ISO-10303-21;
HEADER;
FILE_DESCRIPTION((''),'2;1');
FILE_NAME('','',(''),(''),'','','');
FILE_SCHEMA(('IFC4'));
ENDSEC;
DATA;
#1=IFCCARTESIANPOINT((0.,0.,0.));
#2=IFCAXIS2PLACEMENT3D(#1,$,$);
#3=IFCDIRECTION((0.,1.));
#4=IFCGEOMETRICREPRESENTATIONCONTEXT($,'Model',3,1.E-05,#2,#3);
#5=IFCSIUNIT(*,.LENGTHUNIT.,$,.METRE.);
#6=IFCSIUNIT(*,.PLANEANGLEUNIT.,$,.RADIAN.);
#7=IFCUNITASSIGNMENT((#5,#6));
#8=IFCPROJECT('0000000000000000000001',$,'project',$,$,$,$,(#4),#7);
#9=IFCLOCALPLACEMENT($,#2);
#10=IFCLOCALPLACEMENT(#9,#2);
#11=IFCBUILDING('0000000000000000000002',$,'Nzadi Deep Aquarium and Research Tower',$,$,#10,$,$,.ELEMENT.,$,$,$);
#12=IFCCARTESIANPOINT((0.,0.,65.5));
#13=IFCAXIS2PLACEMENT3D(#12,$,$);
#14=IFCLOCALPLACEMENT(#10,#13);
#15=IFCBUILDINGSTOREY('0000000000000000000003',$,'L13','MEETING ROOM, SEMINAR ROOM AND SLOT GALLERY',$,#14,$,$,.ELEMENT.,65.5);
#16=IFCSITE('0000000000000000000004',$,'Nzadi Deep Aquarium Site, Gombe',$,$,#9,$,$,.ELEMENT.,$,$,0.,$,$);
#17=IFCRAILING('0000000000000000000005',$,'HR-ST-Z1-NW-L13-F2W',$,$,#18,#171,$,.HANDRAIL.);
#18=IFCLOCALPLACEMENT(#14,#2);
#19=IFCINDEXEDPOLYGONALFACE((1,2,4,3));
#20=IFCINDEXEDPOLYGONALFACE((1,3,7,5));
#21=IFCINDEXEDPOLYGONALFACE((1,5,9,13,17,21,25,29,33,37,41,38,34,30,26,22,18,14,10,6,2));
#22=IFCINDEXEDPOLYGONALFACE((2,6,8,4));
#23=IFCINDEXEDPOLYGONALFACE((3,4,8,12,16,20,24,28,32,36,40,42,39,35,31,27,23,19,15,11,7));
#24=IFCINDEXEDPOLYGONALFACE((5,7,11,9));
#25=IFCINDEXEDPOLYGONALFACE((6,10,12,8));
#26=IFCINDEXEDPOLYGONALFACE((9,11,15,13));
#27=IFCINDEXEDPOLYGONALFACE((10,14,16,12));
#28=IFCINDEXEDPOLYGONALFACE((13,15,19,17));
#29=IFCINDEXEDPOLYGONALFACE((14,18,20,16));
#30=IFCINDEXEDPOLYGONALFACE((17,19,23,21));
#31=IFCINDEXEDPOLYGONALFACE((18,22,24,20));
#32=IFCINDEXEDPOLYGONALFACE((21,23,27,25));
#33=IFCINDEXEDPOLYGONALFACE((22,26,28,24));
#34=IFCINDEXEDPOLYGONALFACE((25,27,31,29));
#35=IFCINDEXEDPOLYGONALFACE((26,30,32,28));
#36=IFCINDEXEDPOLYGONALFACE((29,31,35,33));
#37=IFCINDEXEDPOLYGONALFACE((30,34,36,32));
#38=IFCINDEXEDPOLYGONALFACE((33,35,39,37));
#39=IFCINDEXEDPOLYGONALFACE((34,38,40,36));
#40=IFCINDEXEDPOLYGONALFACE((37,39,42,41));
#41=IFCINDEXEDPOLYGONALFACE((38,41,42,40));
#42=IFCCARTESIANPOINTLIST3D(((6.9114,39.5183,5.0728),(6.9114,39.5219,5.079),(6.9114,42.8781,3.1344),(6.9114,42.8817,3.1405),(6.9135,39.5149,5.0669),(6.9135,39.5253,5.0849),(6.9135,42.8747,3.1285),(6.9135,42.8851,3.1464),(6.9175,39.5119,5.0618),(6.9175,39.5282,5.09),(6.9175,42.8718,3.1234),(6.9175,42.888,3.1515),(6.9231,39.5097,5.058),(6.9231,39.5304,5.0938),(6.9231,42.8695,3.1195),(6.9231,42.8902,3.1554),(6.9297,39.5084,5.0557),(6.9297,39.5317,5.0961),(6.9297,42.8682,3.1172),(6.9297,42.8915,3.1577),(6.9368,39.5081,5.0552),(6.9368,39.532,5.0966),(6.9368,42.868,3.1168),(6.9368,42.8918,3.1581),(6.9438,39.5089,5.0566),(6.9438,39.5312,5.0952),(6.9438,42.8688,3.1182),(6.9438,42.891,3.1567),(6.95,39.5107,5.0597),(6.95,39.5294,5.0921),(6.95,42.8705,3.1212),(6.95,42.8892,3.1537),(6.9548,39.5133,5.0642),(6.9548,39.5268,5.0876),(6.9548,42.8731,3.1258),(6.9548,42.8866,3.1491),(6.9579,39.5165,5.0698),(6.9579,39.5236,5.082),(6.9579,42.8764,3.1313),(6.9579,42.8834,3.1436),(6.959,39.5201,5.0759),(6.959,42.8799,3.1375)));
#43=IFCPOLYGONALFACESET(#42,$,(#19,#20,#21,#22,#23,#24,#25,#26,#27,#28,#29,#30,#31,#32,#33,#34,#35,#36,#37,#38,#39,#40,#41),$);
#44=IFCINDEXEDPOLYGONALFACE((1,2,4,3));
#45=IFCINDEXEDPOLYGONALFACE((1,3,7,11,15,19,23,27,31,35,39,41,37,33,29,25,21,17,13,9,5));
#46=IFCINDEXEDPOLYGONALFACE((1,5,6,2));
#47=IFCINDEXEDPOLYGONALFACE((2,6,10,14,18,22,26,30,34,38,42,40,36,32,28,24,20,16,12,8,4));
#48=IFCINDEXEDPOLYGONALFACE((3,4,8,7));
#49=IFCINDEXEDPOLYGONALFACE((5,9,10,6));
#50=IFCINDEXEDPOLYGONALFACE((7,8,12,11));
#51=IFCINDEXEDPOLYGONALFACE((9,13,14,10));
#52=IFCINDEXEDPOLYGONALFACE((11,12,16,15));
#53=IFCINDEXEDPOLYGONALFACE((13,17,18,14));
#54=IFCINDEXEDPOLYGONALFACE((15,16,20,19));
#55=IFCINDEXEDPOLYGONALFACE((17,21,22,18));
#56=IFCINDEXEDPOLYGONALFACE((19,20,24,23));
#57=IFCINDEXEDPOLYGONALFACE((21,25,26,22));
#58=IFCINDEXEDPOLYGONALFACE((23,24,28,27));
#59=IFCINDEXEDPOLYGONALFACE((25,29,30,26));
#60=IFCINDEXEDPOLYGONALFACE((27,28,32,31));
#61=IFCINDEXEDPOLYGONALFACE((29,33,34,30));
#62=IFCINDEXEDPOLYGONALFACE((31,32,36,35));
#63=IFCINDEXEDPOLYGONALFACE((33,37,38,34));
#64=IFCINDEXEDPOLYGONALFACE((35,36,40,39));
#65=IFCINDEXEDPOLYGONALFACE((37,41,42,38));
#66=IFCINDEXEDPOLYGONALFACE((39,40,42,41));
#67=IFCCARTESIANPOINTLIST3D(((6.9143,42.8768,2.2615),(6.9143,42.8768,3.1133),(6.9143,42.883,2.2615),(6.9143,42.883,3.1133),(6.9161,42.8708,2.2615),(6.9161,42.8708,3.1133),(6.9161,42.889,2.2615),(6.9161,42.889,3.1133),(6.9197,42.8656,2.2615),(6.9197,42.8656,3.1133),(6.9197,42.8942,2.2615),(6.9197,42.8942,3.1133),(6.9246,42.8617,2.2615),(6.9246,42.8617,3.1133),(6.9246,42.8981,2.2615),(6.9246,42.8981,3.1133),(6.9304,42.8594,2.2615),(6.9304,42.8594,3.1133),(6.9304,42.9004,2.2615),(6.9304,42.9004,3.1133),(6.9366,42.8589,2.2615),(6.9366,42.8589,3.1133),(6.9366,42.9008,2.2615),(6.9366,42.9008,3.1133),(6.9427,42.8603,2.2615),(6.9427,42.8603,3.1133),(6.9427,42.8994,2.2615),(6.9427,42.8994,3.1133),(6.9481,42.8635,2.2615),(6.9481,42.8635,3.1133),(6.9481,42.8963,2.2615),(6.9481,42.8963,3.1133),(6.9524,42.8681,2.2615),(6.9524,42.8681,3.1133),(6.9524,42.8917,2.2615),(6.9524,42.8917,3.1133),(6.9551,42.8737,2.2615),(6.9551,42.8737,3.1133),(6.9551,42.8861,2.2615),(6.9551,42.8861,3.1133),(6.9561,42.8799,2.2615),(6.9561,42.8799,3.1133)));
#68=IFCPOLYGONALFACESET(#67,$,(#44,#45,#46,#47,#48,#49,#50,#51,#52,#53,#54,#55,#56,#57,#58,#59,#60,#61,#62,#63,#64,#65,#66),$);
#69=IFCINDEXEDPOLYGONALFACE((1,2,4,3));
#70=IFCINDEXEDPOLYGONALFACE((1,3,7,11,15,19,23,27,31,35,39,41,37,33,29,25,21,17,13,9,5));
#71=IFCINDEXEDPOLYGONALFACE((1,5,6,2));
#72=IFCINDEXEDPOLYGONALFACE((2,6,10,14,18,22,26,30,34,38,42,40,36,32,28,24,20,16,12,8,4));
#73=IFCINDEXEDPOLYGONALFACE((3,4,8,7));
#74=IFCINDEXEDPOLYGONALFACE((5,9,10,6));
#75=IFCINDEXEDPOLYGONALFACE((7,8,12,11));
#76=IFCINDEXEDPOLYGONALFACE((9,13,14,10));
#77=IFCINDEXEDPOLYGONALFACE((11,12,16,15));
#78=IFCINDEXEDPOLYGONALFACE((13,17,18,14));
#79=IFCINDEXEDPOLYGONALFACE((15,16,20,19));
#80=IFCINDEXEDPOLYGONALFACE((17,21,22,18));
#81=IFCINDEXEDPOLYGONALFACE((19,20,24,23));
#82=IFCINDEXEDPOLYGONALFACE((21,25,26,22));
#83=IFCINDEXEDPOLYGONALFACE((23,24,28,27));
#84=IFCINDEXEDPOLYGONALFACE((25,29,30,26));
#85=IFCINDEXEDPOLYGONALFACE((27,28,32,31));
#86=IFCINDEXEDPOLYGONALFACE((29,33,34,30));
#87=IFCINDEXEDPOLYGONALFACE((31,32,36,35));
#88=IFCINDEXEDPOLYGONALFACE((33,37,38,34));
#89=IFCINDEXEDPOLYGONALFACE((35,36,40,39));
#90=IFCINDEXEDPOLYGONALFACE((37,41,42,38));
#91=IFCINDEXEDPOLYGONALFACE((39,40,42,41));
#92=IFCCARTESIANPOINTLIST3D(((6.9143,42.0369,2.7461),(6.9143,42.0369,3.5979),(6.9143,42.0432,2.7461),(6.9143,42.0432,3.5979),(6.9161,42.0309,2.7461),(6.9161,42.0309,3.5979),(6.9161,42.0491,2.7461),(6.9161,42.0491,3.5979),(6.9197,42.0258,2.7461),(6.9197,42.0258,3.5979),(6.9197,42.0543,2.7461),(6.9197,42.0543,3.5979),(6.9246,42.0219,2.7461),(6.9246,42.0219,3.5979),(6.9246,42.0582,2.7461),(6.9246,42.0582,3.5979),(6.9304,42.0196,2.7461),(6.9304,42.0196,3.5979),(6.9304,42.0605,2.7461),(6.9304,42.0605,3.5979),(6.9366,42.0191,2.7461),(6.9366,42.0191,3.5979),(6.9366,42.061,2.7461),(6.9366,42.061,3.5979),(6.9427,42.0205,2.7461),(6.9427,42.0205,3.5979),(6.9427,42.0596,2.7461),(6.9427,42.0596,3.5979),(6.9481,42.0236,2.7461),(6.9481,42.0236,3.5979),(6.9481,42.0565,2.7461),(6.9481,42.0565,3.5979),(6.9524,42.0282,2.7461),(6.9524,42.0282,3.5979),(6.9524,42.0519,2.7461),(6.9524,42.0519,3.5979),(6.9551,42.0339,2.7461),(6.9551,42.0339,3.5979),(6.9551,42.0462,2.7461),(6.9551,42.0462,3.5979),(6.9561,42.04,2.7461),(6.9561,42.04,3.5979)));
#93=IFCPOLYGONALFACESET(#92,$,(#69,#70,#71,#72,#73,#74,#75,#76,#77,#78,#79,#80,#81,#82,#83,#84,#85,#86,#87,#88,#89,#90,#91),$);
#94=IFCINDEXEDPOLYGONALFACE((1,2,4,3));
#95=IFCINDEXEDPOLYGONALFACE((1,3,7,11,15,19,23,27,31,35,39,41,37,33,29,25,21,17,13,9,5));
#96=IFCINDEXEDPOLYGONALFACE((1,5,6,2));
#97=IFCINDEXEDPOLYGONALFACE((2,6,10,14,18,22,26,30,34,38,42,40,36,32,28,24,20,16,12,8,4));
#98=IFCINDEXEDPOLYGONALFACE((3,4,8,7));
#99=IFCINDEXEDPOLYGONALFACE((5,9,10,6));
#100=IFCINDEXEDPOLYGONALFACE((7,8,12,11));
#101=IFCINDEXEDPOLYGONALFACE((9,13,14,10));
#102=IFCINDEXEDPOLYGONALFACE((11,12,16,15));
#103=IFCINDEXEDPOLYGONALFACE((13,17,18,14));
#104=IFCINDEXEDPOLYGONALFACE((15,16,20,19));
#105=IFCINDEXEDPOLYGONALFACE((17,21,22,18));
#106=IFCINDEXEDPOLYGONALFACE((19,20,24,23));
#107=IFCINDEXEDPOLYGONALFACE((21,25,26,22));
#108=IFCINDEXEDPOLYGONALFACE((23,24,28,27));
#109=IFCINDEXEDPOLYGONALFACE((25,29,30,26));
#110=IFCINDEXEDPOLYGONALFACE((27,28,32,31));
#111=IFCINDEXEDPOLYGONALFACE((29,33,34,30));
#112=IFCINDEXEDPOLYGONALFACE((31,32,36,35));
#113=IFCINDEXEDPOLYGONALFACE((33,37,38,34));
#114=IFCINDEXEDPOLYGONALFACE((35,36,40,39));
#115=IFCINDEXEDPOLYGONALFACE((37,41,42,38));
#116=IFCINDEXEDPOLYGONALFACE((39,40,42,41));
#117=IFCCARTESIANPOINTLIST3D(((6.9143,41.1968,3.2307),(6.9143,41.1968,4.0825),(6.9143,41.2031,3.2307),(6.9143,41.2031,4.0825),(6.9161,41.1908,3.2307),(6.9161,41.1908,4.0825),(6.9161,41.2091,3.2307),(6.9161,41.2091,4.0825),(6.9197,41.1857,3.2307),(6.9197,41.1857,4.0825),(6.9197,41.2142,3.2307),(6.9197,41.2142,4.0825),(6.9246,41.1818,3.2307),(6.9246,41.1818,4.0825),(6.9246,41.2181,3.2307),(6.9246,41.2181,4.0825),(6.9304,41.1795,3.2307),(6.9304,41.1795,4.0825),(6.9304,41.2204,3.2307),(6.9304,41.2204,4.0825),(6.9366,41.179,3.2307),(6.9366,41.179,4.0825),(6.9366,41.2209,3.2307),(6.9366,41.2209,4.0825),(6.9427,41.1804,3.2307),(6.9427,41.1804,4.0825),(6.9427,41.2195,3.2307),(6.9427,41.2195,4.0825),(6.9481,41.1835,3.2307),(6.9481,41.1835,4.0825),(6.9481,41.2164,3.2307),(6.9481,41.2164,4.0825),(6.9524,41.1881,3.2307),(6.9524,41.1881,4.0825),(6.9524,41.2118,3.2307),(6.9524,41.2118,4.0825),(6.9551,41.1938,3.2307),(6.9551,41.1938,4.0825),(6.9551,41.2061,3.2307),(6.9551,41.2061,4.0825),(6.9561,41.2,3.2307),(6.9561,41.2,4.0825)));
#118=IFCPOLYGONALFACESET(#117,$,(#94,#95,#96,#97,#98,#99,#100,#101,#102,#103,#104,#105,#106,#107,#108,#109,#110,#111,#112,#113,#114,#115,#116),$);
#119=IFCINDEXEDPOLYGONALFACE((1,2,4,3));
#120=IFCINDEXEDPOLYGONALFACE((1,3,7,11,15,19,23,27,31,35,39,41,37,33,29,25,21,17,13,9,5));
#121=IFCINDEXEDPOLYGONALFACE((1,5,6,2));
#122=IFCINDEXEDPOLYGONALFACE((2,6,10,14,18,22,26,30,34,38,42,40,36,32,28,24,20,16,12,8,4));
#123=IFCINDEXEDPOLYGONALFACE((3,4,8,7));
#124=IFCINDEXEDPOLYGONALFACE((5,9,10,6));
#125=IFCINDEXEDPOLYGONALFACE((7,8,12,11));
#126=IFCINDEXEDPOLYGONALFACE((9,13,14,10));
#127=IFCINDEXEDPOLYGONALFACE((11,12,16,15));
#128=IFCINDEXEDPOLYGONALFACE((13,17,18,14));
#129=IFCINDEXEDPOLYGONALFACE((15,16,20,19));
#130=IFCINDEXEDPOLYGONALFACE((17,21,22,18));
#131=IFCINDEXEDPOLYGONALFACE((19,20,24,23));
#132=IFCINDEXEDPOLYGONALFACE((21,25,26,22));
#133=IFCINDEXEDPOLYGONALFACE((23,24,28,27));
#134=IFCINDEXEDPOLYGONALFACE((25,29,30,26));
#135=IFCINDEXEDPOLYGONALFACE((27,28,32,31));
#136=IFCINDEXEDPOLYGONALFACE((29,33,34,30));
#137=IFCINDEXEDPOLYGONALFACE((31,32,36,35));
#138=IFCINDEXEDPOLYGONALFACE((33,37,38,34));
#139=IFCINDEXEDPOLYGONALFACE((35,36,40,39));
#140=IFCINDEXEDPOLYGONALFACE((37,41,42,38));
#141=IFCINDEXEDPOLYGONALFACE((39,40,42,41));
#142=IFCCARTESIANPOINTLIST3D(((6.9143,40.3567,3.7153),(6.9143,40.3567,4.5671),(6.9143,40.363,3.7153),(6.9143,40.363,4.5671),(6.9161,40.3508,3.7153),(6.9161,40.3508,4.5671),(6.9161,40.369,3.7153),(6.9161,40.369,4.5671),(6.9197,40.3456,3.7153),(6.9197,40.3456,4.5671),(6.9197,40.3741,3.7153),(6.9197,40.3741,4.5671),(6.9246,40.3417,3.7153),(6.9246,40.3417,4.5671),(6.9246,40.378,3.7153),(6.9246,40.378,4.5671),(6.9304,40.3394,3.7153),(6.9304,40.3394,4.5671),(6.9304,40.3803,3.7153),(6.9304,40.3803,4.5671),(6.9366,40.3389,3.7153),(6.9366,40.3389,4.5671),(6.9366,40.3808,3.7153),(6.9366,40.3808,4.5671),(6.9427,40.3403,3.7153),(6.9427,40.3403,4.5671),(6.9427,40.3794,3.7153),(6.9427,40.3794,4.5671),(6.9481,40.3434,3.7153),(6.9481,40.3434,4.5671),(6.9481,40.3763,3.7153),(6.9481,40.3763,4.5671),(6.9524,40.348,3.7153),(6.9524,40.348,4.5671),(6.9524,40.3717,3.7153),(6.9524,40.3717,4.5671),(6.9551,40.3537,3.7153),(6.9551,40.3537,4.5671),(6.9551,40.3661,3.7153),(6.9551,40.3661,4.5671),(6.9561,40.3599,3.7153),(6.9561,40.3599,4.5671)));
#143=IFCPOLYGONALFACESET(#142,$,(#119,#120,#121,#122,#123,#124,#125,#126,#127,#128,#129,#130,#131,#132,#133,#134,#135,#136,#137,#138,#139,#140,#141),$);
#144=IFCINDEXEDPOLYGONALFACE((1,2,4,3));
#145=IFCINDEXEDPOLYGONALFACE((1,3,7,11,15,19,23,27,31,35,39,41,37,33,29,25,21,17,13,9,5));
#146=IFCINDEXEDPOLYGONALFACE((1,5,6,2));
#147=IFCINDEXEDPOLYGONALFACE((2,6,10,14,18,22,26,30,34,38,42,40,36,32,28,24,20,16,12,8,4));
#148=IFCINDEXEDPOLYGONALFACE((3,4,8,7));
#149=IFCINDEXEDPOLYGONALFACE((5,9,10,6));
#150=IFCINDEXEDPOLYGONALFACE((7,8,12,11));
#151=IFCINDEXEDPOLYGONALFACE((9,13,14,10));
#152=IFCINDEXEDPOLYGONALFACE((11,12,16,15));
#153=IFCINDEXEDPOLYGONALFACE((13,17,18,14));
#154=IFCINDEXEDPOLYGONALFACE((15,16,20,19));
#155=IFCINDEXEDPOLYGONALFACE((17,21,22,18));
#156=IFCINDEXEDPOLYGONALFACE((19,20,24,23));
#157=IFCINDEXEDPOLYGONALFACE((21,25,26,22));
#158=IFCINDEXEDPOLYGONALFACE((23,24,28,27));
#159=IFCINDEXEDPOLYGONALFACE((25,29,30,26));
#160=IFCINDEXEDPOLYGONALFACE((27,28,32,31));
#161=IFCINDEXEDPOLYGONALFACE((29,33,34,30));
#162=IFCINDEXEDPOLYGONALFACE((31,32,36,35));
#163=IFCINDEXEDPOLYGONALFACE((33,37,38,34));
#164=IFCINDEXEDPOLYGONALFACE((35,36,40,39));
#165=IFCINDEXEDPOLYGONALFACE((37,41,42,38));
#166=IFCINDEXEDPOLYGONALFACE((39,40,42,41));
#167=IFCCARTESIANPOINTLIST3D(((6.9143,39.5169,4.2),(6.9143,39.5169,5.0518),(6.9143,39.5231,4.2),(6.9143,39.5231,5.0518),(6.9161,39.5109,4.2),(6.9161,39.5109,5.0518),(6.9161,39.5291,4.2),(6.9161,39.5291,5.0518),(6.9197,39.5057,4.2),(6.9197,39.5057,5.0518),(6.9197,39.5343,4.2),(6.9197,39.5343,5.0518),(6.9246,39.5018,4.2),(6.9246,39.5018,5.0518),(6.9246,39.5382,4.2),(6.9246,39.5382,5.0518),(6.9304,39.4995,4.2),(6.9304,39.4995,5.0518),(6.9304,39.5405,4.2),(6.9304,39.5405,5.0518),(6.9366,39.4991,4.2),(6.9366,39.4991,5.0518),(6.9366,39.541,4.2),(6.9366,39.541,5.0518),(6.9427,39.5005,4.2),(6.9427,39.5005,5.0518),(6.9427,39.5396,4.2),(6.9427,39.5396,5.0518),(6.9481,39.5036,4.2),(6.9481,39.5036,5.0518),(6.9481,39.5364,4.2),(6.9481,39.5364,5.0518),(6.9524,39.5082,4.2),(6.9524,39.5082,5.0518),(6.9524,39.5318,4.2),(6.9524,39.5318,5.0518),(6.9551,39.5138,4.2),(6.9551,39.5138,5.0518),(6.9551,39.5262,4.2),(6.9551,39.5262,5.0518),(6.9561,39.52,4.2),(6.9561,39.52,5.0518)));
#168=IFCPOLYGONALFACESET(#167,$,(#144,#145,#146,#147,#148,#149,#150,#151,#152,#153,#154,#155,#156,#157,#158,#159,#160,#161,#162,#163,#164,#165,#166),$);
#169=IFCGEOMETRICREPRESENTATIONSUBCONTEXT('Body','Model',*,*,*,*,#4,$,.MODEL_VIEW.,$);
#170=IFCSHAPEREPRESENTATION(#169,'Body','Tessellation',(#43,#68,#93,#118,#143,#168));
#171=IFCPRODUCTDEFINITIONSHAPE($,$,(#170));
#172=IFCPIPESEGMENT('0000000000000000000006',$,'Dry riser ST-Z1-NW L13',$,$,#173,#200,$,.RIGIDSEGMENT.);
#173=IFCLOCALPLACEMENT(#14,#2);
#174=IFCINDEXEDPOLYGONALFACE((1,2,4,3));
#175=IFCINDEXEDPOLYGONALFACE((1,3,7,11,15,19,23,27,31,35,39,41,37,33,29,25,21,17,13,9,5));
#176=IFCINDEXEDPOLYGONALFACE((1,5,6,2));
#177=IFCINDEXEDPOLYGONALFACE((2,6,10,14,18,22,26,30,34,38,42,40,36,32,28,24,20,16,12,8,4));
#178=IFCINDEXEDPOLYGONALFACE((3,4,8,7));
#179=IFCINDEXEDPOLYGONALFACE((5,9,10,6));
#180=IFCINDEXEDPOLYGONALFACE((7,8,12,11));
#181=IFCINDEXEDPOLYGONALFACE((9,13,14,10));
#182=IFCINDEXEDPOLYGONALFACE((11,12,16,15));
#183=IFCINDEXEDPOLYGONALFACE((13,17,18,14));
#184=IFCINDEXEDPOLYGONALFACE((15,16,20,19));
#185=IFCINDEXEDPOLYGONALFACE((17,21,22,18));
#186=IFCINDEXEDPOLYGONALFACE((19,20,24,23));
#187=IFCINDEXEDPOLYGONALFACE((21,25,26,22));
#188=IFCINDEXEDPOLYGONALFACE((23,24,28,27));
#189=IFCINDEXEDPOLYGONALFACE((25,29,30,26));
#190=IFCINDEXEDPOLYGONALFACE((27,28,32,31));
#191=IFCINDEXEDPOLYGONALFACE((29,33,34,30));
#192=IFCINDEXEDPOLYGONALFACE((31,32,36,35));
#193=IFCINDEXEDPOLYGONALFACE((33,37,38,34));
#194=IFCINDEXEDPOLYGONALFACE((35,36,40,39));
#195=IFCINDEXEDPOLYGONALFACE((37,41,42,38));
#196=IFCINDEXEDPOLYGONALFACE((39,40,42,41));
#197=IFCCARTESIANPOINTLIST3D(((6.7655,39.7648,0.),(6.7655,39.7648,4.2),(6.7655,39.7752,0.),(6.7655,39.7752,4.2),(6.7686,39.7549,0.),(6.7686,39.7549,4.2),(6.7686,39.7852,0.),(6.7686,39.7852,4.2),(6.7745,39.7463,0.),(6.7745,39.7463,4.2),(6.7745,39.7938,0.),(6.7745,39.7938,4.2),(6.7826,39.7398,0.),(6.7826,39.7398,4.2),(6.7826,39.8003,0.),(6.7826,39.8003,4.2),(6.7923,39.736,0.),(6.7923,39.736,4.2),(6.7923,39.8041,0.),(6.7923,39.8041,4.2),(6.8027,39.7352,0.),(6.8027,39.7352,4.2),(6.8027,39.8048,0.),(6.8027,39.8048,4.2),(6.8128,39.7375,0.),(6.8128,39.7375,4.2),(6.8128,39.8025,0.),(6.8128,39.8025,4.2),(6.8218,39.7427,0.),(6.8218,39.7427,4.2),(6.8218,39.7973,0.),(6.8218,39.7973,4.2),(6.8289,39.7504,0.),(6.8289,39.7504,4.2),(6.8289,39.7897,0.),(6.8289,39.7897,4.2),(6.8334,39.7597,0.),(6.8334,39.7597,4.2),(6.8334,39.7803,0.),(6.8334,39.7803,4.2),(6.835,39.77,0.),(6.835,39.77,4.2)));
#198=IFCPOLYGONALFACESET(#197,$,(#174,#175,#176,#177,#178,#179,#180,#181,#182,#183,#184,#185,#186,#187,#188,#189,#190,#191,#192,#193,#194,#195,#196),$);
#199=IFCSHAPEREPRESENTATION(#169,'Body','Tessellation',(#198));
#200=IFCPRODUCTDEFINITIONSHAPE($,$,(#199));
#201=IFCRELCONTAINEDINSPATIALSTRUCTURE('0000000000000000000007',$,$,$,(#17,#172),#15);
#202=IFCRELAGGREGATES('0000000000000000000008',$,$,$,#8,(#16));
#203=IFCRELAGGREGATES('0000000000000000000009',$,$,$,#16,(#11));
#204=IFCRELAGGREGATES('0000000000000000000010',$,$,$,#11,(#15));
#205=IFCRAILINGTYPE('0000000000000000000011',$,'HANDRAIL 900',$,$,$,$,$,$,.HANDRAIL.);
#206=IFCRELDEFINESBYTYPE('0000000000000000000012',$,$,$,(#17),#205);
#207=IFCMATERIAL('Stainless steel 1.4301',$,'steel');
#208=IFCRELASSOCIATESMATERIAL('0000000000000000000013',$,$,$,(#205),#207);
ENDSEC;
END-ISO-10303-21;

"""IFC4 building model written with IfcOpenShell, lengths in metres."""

from ifc_helpers import new_model, si_unit, direction, frame, origin, origin_2d, place, context, subcontext, project, spatial, circle, extrude, material, type_object, element, save


model = new_model("IFC4")

# Units and contexts
model_context = context("Model", 3, precision=1e-05, world=origin(), true_north=direction((0.0, 1.0)))
body_context = subcontext(model_context, "Body", "Model", "MODEL_VIEW")
ifc_project = project(units=[si_unit("LENGTHUNIT", "METRE"), si_unit("PLANEANGLEUNIT", "RADIAN")], contexts=[model_context])

# Site, building, storey
site_placement = place(None, origin())
site = spatial("IfcSite", under=ifc_project, at=site_placement, Name="Nzadi Deep Aquarium Site, Gombe", CompositionType="ELEMENT", RefElevation=0.0)
building_placement = place(site_placement, origin())
building = spatial("IfcBuilding", under=site, at=building_placement, Name="Nzadi Deep Aquarium and Research Tower", CompositionType="ELEMENT")
storey_placement = place(building_placement, frame((0.0, 0.0, 65.5)))
storey = spatial("IfcBuildingStorey", under=building, at=storey_placement, Name="L13", Description="MEETING ROOM, SEMINAR ROOM AND SLOT GALLERY", CompositionType="ELEMENT", Elevation=65.5)

# Railing
ifc_material_1 = material(Name="Stainless steel 1.4301", Category="steel")
railing_type = type_object("IfcRailingType", Name="HANDRAIL 900", PredefinedType="HANDRAIL", material=ifc_material_1)
railing_placement = place(storey_placement, frame((6.9351, 42.8799, 2.2615)))
element("IfcRailing", 1, at=railing_placement, inside=storey, type_object=railing_type, Name="HR-ST-Z1-NW-L13-F2W", PredefinedType="HANDRAIL", context=body_context, shape_type="SweptSolid", body=[
    extrude(circle(Radius=0.0239, at=origin_2d()), frame((0.0, 0.0, 0.876), z_axis=(0.0, -0.866175, 0.499741), x_axis=(1.0, 0.0, 0.0)), (0.0, 0.0, 1.0), 3.8789),
    extrude(circle(Radius=0.021, at=origin_2d()), origin(), (0.0, 0.0, 1.0), 0.8518),
    extrude(circle(Radius=0.021, at=origin_2d()), frame((0.0, -0.8398, 0.4846)), (0.0, 0.0, 1.0), 0.8518),
    extrude(circle(Radius=0.021, at=origin_2d()), frame((0.0, -1.6799, 0.9692)), (0.0, 0.0, 1.0), 0.8518),
    extrude(circle(Radius=0.021, at=origin_2d()), frame((0.0, -2.52, 1.4539)), (0.0, 0.0, 1.0), 0.8518),
    extrude(circle(Radius=0.021, at=origin_2d()), frame((0.0, -3.3599, 1.9385)), (0.0, 0.0, 1.0), 0.8518),
])

# Pipe segment
pipe_segment_placement = place(storey_placement, frame((6.8, 39.77, 0.0), z_axis=(0.0, 0.0, 1.0), x_axis=(1.0, 0.0, 0.0)))
element("IfcPipeSegment", 2, at=pipe_segment_placement, inside=storey, Name="Dry riser ST-Z1-NW L13", PredefinedType="RIGIDSEGMENT", context=body_context, shape_type="SweptSolid", body=[
    extrude(circle(Radius=0.0349, at=origin_2d()), origin(), (0.0, 0.0, 1.0), 4.2),
])

save(model, "model.ifc")
